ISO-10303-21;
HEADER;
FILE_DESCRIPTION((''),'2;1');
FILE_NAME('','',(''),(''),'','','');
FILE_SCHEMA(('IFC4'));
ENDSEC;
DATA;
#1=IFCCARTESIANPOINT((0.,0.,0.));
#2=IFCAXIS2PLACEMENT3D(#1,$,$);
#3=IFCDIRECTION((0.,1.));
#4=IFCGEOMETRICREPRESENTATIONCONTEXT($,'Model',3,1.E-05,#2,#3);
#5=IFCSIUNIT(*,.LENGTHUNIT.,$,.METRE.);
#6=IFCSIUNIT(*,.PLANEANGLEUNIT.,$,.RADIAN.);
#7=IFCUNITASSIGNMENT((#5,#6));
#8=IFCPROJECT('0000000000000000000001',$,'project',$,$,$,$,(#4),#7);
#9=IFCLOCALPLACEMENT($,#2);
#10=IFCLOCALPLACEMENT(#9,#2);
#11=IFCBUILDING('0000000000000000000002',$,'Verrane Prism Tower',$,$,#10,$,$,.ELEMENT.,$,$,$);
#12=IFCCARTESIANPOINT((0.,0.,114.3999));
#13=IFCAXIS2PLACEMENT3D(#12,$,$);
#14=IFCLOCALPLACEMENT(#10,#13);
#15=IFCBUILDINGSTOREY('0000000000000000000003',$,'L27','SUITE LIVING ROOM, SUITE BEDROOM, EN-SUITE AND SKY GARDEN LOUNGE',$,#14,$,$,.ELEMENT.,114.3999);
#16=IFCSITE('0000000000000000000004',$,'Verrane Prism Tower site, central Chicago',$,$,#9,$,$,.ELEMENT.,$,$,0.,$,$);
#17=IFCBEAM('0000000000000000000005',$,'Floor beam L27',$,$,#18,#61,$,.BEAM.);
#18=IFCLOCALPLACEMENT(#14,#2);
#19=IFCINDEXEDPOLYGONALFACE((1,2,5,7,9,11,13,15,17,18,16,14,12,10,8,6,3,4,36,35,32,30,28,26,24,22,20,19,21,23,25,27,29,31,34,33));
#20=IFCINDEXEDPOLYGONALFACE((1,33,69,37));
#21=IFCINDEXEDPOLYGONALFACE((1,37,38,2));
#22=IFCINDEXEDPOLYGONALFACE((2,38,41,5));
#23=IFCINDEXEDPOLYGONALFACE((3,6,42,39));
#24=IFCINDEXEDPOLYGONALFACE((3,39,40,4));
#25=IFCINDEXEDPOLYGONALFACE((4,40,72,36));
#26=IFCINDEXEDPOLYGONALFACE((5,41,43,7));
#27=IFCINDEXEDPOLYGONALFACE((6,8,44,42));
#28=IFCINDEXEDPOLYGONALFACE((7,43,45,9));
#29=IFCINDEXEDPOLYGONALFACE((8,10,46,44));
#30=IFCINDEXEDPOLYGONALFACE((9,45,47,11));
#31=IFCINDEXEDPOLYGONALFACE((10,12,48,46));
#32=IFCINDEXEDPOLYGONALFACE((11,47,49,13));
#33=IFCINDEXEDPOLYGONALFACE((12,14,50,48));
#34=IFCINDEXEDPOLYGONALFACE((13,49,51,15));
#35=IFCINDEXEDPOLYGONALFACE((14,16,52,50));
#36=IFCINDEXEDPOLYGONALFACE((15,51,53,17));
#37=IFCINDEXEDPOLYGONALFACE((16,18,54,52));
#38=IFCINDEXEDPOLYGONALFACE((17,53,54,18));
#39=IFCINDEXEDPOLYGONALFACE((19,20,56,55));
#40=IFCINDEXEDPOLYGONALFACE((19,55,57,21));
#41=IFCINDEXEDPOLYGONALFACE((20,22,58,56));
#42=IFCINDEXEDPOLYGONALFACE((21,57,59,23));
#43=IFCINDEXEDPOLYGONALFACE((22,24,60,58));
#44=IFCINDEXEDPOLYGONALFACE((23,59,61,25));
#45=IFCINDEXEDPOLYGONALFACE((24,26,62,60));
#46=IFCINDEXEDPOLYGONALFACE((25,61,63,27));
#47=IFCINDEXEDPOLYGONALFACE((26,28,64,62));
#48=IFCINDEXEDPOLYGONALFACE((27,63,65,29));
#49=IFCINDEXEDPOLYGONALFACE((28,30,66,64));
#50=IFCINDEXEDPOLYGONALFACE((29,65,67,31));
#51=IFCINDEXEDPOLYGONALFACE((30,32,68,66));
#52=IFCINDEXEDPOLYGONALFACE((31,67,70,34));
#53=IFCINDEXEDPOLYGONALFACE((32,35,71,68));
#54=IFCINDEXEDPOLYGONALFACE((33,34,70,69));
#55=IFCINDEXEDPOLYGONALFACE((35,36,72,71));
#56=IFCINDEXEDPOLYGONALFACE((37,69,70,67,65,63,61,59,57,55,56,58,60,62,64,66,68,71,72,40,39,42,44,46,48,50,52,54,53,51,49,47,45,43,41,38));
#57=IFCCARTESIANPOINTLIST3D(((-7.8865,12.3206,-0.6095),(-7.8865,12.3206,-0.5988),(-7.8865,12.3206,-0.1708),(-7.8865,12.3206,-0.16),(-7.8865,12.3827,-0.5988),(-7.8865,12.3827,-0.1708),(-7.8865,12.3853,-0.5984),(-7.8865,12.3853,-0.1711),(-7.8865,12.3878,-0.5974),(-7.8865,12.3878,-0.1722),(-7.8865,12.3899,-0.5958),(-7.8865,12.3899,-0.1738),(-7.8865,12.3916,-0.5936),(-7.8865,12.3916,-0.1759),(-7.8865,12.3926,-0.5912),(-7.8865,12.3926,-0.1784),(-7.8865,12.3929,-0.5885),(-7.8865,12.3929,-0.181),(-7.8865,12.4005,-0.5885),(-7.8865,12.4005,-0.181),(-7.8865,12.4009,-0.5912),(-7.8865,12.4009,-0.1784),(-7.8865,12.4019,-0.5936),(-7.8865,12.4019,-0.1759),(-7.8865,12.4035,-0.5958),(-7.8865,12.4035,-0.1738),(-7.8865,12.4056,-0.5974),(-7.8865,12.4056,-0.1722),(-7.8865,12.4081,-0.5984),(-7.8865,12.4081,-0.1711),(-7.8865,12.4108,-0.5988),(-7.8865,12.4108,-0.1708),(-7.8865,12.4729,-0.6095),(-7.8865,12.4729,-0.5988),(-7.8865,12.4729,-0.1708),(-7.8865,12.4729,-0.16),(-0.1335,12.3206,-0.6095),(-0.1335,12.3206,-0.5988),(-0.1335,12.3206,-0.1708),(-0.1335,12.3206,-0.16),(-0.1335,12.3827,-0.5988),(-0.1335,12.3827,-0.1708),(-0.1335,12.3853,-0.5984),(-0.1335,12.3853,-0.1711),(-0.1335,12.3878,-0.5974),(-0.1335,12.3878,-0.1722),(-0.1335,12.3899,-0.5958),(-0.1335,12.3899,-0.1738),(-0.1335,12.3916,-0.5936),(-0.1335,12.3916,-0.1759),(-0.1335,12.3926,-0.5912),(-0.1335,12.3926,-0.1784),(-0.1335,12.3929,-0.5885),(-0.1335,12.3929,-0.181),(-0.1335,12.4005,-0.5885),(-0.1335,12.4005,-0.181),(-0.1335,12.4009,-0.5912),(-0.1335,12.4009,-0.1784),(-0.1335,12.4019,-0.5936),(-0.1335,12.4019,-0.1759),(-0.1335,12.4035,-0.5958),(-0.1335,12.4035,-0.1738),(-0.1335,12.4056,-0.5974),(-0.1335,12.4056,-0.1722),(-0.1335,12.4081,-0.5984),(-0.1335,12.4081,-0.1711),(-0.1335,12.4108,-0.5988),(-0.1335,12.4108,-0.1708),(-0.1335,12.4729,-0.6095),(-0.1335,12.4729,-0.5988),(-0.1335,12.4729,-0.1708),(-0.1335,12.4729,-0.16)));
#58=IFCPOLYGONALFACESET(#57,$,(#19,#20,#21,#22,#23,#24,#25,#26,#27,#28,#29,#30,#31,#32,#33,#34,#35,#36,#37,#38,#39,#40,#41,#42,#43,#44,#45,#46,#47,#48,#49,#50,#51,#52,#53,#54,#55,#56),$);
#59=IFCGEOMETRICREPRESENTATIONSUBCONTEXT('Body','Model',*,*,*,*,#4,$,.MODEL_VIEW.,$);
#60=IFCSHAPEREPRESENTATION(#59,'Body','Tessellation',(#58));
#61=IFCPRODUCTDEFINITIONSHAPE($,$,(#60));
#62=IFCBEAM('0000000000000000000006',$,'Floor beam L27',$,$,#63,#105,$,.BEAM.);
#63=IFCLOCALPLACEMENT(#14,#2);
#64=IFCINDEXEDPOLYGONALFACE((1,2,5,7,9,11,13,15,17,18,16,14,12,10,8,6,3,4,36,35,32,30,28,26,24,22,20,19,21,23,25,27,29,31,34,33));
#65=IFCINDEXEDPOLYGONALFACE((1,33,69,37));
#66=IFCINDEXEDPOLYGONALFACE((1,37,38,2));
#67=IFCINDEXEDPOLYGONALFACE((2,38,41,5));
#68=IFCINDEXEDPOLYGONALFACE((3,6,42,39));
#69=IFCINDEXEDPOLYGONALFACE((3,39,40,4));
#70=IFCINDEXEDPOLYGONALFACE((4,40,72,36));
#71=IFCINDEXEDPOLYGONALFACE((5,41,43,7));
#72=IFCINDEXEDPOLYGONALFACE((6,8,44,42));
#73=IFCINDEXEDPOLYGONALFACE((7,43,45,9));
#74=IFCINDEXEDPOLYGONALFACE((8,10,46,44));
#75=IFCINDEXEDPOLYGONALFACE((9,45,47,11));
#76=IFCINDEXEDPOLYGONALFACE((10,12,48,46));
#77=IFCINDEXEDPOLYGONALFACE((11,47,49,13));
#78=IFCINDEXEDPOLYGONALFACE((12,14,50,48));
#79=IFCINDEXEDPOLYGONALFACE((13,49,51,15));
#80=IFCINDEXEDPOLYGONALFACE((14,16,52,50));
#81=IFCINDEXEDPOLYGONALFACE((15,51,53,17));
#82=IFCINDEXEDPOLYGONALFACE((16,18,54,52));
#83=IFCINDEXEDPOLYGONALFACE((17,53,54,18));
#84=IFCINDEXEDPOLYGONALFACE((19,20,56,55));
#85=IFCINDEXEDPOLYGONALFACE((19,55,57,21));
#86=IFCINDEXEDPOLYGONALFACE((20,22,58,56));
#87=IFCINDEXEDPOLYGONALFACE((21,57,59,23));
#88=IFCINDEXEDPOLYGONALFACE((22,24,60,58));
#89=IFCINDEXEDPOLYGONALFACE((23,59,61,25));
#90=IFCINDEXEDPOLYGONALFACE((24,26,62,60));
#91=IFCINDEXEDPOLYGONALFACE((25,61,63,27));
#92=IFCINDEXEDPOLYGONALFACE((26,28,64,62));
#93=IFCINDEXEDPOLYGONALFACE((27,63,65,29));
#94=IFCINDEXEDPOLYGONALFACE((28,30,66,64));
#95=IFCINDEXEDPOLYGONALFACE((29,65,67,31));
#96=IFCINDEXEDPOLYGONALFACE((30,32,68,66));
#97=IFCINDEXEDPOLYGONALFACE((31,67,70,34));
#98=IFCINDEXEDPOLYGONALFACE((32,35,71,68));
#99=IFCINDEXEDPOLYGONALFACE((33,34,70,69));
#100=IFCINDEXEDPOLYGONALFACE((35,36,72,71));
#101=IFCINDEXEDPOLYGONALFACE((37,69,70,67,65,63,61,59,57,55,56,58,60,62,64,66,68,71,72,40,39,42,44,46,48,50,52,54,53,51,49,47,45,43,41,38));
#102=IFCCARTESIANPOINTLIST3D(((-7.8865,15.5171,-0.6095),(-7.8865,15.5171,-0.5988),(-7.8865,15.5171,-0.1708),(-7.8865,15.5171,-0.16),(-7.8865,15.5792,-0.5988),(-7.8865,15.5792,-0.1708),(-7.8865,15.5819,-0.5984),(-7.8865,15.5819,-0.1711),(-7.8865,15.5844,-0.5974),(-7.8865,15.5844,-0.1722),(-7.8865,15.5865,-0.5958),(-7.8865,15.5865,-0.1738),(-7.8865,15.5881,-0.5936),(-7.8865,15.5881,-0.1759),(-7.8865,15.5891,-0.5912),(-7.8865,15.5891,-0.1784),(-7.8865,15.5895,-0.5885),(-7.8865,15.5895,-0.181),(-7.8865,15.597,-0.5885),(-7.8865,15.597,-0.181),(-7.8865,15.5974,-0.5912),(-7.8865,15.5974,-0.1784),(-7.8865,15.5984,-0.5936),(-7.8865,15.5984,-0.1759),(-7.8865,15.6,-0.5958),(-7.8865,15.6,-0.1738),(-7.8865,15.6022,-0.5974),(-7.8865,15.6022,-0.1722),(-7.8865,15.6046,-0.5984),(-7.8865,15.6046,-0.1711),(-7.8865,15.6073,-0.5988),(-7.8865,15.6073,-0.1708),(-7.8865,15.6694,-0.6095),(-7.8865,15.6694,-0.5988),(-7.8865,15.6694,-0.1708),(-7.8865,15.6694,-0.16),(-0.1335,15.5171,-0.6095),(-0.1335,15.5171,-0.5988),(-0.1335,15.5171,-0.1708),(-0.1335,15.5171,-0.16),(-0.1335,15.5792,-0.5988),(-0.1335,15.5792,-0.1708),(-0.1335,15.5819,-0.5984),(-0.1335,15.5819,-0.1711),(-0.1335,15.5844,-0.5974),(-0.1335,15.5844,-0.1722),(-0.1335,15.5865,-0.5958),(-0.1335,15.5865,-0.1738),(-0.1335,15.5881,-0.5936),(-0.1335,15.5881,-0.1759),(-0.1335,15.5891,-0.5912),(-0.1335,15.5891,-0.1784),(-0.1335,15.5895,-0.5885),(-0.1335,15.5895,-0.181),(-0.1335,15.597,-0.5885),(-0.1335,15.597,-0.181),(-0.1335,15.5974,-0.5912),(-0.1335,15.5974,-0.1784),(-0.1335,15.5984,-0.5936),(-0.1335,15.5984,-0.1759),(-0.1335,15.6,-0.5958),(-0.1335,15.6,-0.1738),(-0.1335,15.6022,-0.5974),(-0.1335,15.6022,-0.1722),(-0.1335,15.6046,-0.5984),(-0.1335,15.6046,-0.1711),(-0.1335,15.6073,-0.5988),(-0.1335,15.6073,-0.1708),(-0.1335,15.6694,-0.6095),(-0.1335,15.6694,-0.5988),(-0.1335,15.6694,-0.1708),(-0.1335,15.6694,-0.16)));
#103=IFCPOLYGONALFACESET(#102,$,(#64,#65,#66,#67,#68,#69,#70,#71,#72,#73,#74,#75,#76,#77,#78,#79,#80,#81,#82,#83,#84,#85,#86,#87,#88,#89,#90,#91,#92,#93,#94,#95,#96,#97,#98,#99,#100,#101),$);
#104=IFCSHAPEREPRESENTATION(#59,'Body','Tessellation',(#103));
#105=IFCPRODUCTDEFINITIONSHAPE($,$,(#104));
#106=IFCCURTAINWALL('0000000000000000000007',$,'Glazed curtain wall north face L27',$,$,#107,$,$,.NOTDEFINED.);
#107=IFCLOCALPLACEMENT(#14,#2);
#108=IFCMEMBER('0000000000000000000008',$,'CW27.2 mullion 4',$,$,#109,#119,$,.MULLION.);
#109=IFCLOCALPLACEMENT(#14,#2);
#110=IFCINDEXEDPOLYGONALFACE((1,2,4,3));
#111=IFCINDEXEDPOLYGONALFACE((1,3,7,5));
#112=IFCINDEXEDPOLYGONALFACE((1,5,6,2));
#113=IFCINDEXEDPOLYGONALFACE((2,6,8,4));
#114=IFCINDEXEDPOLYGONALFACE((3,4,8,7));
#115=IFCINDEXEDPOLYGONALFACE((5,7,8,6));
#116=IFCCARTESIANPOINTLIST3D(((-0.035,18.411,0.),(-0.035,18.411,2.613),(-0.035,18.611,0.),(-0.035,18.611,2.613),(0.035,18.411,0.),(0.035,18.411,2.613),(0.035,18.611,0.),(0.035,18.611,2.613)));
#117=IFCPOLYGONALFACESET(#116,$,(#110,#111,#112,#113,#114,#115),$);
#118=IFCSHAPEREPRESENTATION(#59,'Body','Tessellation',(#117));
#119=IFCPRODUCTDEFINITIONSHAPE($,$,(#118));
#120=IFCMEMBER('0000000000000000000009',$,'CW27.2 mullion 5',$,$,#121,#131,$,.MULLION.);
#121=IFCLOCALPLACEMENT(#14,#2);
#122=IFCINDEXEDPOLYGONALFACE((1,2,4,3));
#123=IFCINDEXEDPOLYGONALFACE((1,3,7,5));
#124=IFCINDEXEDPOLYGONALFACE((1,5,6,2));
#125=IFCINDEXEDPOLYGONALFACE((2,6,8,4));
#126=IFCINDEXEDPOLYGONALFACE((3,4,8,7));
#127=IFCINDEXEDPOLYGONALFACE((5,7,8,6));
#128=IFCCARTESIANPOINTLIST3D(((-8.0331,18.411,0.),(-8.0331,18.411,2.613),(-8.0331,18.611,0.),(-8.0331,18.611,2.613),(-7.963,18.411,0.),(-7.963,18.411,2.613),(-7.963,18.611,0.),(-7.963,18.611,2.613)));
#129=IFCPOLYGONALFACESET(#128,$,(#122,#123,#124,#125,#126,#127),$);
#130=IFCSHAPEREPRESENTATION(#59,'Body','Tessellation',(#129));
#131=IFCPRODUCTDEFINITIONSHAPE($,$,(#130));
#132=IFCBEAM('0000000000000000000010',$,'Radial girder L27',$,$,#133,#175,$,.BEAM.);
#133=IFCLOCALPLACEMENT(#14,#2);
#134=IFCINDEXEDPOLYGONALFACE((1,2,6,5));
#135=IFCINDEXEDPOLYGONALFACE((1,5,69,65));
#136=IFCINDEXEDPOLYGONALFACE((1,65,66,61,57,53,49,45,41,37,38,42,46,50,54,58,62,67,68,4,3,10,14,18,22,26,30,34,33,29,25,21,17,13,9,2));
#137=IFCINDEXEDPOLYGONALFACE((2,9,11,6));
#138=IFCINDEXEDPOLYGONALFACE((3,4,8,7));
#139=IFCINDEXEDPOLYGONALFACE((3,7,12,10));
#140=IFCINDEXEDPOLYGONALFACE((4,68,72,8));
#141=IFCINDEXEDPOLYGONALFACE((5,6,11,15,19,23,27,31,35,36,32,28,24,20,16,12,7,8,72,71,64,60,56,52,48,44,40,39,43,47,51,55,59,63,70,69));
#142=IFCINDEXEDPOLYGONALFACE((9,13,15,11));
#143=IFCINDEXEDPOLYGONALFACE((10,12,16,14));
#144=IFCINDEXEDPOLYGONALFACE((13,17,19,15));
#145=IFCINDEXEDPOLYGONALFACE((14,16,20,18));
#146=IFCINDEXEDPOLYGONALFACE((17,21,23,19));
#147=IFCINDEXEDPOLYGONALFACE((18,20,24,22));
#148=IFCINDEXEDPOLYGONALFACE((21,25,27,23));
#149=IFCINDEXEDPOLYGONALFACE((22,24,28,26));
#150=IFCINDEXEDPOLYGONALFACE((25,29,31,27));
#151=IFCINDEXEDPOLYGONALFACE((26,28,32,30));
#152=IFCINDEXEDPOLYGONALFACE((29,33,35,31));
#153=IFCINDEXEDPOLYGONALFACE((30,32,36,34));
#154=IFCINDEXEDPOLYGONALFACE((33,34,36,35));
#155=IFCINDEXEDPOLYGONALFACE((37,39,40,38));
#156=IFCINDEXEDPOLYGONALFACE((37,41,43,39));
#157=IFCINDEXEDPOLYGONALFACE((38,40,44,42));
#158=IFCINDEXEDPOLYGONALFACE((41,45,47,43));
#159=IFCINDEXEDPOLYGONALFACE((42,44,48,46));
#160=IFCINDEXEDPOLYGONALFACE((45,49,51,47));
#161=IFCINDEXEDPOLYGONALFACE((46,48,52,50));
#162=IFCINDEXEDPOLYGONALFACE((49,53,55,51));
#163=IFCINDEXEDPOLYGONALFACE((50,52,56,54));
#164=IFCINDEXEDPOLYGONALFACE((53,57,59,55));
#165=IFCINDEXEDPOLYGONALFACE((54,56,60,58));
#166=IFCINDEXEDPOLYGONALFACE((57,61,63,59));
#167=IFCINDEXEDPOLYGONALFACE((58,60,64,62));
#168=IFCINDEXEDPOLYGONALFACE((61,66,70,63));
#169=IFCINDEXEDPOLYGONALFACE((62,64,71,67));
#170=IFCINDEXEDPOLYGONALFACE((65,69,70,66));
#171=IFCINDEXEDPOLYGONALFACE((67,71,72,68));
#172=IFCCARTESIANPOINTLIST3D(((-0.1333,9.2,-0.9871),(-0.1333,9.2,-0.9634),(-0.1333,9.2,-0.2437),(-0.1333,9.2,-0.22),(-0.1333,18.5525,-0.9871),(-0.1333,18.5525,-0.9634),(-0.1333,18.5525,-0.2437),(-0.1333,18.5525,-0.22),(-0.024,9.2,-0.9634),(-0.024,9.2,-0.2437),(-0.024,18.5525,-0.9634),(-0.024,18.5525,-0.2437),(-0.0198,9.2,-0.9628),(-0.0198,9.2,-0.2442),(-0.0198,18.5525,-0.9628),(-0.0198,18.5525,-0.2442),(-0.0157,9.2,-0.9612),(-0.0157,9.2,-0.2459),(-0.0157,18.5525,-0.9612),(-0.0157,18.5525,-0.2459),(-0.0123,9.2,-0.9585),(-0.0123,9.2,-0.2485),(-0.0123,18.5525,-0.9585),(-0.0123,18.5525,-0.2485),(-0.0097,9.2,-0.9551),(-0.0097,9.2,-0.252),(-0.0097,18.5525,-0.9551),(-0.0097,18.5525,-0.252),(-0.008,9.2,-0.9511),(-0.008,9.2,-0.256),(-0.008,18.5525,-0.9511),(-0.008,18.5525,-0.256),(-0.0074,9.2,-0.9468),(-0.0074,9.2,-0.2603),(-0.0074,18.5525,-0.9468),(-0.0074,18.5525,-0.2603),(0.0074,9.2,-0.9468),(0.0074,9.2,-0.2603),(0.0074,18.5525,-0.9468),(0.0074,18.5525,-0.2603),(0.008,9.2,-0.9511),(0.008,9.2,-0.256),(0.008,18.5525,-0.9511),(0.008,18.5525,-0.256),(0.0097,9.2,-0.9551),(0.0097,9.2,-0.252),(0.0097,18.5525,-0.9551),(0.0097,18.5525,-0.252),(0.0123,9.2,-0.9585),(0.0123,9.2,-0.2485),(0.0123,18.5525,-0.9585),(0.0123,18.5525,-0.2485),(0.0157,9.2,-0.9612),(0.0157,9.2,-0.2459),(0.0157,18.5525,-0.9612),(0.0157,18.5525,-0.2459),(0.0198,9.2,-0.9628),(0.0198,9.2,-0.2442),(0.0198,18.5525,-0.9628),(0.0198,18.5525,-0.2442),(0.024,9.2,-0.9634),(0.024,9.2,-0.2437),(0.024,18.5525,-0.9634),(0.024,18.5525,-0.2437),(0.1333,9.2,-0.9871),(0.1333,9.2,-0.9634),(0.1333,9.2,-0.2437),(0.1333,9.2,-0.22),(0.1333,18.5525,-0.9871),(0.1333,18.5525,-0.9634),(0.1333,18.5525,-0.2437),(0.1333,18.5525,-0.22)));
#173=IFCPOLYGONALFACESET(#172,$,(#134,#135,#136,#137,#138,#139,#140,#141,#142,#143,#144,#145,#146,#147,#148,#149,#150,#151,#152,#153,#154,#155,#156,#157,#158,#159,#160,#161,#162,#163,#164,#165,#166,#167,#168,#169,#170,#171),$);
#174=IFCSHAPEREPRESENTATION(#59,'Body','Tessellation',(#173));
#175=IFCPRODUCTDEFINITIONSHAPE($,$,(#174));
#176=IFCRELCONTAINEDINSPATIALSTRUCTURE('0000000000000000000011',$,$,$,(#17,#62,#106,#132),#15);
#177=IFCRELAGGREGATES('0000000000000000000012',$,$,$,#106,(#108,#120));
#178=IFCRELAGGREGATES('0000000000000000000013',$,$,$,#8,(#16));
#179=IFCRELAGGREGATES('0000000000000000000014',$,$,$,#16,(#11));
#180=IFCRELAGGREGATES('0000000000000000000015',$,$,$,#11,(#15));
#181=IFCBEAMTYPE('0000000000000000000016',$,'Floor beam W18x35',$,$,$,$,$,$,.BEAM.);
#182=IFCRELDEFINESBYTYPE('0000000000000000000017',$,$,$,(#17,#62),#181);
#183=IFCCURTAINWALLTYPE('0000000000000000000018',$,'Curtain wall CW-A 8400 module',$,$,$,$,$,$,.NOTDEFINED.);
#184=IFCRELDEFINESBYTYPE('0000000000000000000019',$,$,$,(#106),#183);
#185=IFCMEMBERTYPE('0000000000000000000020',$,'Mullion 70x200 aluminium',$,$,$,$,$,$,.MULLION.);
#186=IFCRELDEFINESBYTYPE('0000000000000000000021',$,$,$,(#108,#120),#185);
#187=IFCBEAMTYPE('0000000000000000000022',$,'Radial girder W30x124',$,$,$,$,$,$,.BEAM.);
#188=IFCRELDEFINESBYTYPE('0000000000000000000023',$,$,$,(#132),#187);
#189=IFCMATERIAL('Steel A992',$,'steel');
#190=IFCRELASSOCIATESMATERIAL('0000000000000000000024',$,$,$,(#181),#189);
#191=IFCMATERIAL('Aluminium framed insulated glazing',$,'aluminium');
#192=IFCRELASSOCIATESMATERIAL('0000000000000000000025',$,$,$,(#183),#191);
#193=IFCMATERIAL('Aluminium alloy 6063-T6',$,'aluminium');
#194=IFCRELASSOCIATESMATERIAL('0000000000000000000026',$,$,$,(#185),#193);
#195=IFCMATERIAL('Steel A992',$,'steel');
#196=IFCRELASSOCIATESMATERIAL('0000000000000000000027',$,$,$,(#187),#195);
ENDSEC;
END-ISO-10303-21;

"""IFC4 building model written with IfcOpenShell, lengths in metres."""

from ifc_helpers import new_model, si_unit, direction, frame, origin, origin_2d, place, context, subcontext, project, spatial, rectangle, i_section, extrude, material, material_profile, profile_set, type_object, element, aggregate, save


model = new_model("IFC4")

# Units and contexts
model_context = context("Model", 3, precision=1e-05, world=origin(), true_north=direction((0.0, 1.0)))
body_context = subcontext(model_context, "Body", "Model", "MODEL_VIEW")
ifc_project = project(units=[si_unit("LENGTHUNIT", "METRE"), si_unit("PLANEANGLEUNIT", "RADIAN")], contexts=[model_context])

# Site, building, storey
site_placement = place(None, origin())
site = spatial("IfcSite", under=ifc_project, at=site_placement, Name="Verrane Prism Tower site, central Chicago", CompositionType="ELEMENT", RefElevation=0.0)
building_placement = place(site_placement, origin())
building = spatial("IfcBuilding", under=site, at=building_placement, Name="Verrane Prism Tower", CompositionType="ELEMENT")
storey_placement = place(building_placement, frame((0.0, 0.0, 114.3999)))
storey = spatial("IfcBuildingStorey", under=building, at=storey_placement, Name="L27", Description="SUITE LIVING ROOM, SUITE BEDROOM, EN-SUITE AND SKY GARDEN LOUNGE", CompositionType="ELEMENT", Elevation=114.3999)

# Beams
ifc_material_1 = material(Name="Steel A992", Category="steel")
ifc_material_profile_1 = material_profile(ifc_material_1, i_section(OverallWidth=0.1523, OverallDepth=0.4495, WebThickness=0.0076, FlangeThickness=0.0107, FilletRadius=0.0103, at=origin_2d()), Name="W18x35")
ifc_profile_set_1 = profile_set([ifc_material_profile_1], Name="Steel A992")
beam_type_1 = type_object("IfcBeamType", Name="Floor beam W18x35", PredefinedType="BEAM", material=ifc_profile_set_1)
for number, where, z_axis, x_axis, name in (
    (1, (-7.8865, 12.3967, -0.3848), (1.0, 0.0, 0.0), (0.0, 1.0, 0.0), "Floor beam L27"),
    (2, (-7.8865, 15.5933, -0.3848), (1.0, 0.0, 0.0), (0.0, 1.0, 0.0), "Floor beam L27"),
):
    element("IfcBeam", number, at=place(storey_placement, frame(where, z_axis=z_axis, x_axis=x_axis)), inside=storey, type_object=beam_type_1, Name=name, PredefinedType="BEAM", context=body_context, shape_type="SweptSolid", body=[
        extrude(i_section(OverallWidth=0.1523, OverallDepth=0.4495, WebThickness=0.0076, FlangeThickness=0.0107, FilletRadius=0.0103, at=origin_2d()), origin(), (0.0, 0.0, 1.0), 7.7529),
    ])

# Curtain wall, members
ifc_material_2 = material(Name="Aluminium framed insulated glazing", Category="aluminium")
curtain_wall_type = type_object("IfcCurtainWallType", Name="Curtain wall CW-A 8400 module", PredefinedType="NOTDEFINED", material=ifc_material_2)
curtain_wall_placement = place(storey_placement, origin())
curtain_wall = element("IfcCurtainWall", 3, at=curtain_wall_placement, inside=storey, type_object=curtain_wall_type, Name="Glazed curtain wall north face L27", PredefinedType="NOTDEFINED")
ifc_material_3 = material(Name="Aluminium alloy 6063-T6", Category="aluminium")
ifc_material_profile_2 = material_profile(ifc_material_3, rectangle(XDim=0.2, YDim=0.0701, at=origin_2d()), Name="Mullion 70x200 aluminium")
ifc_profile_set_2 = profile_set([ifc_material_profile_2], Name="Aluminium alloy 6063-T6")
member_type_1 = type_object("IfcMemberType", Name="Mullion 70x200 aluminium", PredefinedType="MULLION", material=ifc_profile_set_2)
member_1_placement = place(storey_placement, frame((0.0, 18.511, 0.0), z_axis=(0.0, 0.0, 1.0), x_axis=(0.0, -1.0, 0.0)))
member_1 = element("IfcMember", 4, at=member_1_placement, type_object=member_type_1, Name="CW27.2 mullion 4", PredefinedType="MULLION", context=body_context, shape_type="SweptSolid", body=[
    extrude(rectangle(XDim=0.2, YDim=0.0701, at=origin_2d()), origin(), (0.0, 0.0, 1.0), 2.613),
])
member_2_placement = place(storey_placement, frame((-7.998, 18.511, 0.0), z_axis=(0.0, 0.0, 1.0), x_axis=(0.0, -1.0, 0.0)))
member_2 = element("IfcMember", 5, at=member_2_placement, type_object=member_type_1, Name="CW27.2 mullion 5", PredefinedType="MULLION", context=body_context, shape_type="SweptSolid", body=[
    extrude(rectangle(XDim=0.2, YDim=0.0701, at=origin_2d()), origin(), (0.0, 0.0, 1.0), 2.613),
])

# Beam
ifc_material_4 = material(Name="Steel A992", Category="steel")
ifc_material_profile_3 = material_profile(ifc_material_4, i_section(OverallWidth=0.2666, OverallDepth=0.7671, WebThickness=0.0149, FlangeThickness=0.0237, FilletRadius=0.0166, at=origin_2d()), Name="W30x124")
ifc_profile_set_3 = profile_set([ifc_material_profile_3], Name="Steel A992")
beam_type_2 = type_object("IfcBeamType", Name="Radial girder W30x124", PredefinedType="BEAM", material=ifc_profile_set_3)
for number, where, z_axis, x_axis, name in (
    (6, (0.0, 18.5525, -0.6035), (0.0, -1.0, 0.0), (1.0, 0.0, 0.0), "Radial girder L27"),
):
    element("IfcBeam", number, at=place(storey_placement, frame(where, z_axis=z_axis, x_axis=x_axis)), inside=storey, type_object=beam_type_2, Name=name, PredefinedType="BEAM", context=body_context, shape_type="SweptSolid", body=[
        extrude(i_section(OverallWidth=0.2666, OverallDepth=0.7671, WebThickness=0.0149, FlangeThickness=0.0237, FilletRadius=0.0166, at=origin_2d()), origin(), (0.0, 0.0, 1.0), 9.3525),
    ])

aggregate(curtain_wall, [member_1, member_2])

save(model, "model.ifc")
